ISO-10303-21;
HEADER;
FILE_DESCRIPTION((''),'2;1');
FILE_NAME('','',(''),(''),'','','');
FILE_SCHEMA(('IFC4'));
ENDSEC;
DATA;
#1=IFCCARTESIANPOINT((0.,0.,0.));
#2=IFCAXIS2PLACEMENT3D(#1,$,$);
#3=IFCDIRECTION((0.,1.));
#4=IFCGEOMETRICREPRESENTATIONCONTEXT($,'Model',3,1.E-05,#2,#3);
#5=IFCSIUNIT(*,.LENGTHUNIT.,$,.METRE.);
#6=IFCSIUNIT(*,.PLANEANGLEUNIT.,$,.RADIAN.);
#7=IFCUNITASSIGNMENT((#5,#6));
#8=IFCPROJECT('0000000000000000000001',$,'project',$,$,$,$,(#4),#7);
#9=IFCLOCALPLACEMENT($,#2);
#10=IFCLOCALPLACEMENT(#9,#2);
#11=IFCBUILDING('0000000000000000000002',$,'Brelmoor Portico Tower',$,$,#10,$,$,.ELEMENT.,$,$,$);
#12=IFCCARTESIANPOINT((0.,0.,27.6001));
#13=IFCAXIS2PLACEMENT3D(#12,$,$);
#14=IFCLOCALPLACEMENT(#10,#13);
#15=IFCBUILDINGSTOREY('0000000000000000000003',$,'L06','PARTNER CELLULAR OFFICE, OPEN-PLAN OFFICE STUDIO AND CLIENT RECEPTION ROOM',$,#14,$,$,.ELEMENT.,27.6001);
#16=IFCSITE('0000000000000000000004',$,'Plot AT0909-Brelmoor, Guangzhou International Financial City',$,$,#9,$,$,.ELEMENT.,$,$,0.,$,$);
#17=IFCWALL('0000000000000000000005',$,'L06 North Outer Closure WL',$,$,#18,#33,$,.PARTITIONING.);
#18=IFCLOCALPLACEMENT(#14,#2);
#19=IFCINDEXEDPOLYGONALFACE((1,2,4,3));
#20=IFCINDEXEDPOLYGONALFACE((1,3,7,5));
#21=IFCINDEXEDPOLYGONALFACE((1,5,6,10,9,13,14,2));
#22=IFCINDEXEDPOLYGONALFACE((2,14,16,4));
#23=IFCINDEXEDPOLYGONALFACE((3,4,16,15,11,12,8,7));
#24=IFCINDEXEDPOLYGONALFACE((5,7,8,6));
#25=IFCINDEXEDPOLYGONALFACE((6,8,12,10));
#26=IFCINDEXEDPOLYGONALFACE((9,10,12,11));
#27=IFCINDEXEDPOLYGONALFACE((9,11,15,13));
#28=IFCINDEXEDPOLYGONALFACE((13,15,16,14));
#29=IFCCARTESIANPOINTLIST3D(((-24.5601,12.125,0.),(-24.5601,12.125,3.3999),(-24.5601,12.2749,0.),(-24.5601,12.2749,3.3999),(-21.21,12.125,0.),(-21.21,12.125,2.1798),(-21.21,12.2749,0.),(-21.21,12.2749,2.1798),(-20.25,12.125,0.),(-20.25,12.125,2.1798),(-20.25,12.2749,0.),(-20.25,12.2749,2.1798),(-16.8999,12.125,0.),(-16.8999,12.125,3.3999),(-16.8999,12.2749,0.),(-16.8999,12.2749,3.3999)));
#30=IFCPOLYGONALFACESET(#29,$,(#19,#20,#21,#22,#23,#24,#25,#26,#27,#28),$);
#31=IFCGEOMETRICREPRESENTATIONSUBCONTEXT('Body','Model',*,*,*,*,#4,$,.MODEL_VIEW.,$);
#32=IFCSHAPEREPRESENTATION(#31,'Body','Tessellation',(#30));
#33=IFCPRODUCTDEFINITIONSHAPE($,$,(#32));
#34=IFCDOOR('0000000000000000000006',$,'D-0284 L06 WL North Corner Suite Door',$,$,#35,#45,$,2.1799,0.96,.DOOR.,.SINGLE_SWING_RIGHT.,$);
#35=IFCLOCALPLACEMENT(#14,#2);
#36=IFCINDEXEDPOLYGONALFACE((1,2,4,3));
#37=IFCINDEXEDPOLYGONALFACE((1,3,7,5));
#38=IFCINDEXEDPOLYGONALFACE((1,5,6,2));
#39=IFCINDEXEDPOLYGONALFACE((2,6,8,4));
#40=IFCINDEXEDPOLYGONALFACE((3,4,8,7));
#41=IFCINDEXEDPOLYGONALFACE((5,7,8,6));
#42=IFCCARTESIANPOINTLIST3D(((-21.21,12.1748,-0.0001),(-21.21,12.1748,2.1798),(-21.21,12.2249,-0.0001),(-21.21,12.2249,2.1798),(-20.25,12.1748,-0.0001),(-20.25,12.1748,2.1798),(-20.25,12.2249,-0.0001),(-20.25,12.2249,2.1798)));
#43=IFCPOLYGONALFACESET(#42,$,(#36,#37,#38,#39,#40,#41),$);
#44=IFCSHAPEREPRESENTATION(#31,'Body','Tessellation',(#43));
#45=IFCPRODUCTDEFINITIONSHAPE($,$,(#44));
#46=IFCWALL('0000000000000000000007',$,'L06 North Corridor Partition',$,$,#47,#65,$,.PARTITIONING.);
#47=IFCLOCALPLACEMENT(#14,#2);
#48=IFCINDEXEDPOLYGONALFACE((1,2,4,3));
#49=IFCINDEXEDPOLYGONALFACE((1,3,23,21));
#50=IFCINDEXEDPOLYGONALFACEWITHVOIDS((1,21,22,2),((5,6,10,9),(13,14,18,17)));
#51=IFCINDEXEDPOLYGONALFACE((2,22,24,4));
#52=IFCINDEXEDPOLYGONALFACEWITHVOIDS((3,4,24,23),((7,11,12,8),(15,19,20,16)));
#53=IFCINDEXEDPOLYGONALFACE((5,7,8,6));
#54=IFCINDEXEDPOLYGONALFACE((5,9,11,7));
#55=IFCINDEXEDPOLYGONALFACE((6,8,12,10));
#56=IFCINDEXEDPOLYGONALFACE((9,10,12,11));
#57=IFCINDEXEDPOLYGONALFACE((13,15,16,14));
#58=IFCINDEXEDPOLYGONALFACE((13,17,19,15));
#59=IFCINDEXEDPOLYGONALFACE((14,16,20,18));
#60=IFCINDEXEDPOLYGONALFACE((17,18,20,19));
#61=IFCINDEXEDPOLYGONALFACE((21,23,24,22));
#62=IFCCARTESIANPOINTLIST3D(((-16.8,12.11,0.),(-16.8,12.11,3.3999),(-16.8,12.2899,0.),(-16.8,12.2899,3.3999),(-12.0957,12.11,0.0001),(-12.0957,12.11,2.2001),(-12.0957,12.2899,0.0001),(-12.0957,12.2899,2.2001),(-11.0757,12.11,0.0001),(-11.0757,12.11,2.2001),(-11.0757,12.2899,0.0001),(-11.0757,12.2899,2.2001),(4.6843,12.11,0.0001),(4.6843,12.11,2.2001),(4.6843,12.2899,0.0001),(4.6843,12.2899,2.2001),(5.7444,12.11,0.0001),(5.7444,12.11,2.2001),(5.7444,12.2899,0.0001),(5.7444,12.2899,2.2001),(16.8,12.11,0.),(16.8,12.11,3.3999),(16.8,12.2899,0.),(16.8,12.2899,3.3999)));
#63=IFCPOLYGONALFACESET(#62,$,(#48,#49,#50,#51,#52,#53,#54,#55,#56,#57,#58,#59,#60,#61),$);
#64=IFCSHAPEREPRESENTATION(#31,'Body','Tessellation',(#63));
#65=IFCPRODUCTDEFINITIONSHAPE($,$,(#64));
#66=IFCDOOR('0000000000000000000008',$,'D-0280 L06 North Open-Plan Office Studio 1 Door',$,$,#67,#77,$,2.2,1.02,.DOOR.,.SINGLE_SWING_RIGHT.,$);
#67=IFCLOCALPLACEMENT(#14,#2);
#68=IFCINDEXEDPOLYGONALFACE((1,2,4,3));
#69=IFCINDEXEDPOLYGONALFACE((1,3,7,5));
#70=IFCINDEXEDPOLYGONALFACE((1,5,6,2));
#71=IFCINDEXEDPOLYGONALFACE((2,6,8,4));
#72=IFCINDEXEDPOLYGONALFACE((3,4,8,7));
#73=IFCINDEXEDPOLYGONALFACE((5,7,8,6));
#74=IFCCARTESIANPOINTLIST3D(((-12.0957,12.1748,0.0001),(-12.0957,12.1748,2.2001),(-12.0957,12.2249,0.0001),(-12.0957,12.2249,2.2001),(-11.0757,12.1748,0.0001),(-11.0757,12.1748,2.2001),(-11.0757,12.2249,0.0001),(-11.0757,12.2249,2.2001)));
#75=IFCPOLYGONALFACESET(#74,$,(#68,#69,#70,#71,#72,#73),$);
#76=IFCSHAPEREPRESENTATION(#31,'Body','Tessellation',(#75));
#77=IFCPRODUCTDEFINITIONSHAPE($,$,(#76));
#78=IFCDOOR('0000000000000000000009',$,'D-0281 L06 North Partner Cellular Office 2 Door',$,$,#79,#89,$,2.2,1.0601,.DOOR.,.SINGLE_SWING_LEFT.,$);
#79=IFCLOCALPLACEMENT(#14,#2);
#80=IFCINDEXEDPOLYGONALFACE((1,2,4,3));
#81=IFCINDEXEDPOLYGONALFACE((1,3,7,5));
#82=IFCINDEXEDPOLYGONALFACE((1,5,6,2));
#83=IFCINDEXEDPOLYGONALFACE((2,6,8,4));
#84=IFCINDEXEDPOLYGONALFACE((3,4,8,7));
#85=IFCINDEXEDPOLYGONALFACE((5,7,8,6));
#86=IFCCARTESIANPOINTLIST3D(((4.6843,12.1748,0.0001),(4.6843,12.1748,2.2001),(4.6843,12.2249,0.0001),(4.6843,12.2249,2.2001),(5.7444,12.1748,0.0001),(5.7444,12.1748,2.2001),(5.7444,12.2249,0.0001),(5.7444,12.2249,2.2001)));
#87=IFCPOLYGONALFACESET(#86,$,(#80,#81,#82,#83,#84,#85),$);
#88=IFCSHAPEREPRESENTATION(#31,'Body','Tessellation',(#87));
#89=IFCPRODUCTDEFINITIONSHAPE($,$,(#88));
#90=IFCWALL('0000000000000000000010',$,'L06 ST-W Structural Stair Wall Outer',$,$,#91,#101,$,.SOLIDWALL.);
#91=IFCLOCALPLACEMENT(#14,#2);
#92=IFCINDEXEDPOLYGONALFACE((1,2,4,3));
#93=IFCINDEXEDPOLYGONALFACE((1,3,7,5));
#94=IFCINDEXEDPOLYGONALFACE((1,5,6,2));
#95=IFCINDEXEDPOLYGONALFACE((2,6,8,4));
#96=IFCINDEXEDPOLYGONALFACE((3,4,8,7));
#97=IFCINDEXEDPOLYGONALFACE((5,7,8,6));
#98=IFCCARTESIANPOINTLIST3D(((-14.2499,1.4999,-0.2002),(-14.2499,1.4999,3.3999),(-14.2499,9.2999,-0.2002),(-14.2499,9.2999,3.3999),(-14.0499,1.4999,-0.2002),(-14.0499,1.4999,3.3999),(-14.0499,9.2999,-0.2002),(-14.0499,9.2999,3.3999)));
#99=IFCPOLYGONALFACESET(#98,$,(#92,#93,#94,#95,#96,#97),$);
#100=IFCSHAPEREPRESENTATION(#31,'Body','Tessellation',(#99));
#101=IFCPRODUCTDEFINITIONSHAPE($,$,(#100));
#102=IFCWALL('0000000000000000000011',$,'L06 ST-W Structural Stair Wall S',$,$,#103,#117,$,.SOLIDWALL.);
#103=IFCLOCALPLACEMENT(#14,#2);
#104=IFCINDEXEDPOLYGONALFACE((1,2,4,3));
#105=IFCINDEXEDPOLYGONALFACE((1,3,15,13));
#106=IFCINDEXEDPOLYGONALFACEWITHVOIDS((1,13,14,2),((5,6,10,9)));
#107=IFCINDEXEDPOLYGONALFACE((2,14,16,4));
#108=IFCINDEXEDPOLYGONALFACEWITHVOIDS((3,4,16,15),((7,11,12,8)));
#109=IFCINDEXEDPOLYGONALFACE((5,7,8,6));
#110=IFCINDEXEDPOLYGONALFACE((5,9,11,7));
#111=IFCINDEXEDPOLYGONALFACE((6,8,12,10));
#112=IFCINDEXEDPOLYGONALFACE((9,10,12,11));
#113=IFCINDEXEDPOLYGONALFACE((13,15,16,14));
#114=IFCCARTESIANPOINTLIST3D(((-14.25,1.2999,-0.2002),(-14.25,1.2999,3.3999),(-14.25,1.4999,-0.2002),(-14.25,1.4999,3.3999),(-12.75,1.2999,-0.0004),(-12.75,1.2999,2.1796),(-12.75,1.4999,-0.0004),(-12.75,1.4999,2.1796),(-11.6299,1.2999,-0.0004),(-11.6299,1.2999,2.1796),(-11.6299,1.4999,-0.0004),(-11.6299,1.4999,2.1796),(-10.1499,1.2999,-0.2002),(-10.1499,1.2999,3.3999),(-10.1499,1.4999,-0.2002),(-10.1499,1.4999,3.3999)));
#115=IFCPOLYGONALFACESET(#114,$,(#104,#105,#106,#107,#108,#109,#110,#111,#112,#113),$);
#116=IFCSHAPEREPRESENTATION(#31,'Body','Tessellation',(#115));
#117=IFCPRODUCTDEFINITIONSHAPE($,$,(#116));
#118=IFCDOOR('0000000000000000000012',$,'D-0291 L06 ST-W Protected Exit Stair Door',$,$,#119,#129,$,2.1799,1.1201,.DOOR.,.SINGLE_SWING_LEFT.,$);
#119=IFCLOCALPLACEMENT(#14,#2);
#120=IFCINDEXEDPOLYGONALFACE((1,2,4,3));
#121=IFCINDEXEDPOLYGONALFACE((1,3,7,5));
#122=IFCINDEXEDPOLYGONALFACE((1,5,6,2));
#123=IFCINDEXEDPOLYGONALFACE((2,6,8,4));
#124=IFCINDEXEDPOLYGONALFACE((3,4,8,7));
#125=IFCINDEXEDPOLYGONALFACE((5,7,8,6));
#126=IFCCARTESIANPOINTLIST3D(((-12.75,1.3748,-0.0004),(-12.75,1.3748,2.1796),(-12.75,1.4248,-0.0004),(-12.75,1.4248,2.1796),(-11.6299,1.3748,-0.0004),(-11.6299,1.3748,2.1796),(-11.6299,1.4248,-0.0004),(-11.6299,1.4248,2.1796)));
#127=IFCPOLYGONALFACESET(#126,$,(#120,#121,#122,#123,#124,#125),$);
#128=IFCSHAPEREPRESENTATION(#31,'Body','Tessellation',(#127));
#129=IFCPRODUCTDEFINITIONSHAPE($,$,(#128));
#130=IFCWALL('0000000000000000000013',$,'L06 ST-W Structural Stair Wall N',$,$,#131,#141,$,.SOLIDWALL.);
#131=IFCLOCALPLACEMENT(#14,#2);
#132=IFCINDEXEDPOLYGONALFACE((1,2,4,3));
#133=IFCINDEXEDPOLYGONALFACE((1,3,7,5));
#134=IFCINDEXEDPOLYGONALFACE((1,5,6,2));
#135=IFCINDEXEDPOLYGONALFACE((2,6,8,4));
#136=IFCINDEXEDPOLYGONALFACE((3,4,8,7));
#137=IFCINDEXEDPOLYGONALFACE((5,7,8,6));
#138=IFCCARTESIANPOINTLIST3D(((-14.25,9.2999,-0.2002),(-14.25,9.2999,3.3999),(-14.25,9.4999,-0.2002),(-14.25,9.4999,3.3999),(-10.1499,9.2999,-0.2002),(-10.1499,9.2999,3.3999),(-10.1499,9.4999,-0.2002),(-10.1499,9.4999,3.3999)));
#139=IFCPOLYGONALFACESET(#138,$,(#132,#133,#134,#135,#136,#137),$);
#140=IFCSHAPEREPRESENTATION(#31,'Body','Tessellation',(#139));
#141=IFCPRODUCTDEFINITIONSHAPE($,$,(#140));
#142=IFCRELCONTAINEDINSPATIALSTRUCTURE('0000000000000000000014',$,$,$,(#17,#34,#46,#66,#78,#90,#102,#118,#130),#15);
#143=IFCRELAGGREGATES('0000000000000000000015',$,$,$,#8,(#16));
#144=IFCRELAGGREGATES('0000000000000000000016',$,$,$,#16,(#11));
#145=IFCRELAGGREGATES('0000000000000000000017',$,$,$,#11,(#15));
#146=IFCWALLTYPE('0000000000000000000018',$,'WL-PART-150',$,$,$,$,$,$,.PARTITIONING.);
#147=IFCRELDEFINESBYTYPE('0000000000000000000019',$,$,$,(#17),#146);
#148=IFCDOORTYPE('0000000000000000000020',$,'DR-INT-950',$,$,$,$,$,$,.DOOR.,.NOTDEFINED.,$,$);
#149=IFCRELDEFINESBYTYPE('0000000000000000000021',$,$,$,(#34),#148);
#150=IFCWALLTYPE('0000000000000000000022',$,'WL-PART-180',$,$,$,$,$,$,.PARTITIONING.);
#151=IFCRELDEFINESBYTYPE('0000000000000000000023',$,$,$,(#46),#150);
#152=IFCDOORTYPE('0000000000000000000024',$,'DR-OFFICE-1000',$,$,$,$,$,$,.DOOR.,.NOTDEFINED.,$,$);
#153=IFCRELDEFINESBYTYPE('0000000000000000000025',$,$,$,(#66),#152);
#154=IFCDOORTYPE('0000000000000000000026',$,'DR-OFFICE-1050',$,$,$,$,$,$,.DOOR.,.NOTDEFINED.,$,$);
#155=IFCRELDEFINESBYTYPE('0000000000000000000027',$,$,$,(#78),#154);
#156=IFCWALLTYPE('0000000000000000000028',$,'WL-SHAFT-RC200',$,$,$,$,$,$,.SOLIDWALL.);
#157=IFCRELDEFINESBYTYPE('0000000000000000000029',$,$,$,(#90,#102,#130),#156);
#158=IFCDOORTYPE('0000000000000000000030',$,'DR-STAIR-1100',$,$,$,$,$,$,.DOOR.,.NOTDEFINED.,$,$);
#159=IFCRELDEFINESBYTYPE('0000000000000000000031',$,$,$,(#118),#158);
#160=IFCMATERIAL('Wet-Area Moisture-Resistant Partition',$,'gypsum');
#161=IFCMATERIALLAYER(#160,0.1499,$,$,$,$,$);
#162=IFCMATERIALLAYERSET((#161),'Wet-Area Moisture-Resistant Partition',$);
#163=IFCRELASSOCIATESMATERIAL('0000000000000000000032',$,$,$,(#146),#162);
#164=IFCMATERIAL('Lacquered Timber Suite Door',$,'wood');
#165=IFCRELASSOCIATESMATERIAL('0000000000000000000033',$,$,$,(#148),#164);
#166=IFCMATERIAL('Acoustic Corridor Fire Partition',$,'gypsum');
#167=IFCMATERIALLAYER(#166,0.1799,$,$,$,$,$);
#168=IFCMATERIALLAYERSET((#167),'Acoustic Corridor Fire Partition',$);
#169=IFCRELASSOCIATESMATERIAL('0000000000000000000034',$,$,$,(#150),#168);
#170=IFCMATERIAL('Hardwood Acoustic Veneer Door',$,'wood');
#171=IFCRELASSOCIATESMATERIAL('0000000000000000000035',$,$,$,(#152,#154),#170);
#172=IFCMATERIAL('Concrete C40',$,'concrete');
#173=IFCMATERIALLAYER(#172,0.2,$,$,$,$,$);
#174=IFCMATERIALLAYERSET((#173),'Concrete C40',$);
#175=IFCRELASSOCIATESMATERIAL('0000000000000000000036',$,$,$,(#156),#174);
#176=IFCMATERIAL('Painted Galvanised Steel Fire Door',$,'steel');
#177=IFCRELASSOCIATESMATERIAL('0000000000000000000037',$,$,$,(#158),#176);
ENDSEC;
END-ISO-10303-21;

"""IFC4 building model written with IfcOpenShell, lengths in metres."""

from ifc_helpers import new_model, si_unit, direction, frame, frame_2d, origin, place, context, subcontext, project, spatial, rectangle, extrude, material, layer, layer_set, type_object, element, fill, save


model = new_model("IFC4")

# Units and contexts
model_context = context("Model", 3, precision=1e-05, world=origin(), true_north=direction((0.0, 1.0)))
body_context = subcontext(model_context, "Body", "Model", "MODEL_VIEW")
ifc_project = project(units=[si_unit("LENGTHUNIT", "METRE"), si_unit("PLANEANGLEUNIT", "RADIAN")], contexts=[model_context])

# Site, building, storey
site_placement = place(None, origin())
site = spatial("IfcSite", under=ifc_project, at=site_placement, Name="Plot AT0909-Brelmoor, Guangzhou International Financial City", CompositionType="ELEMENT", RefElevation=0.0)
building_placement = place(site_placement, origin())
building = spatial("IfcBuilding", under=site, at=building_placement, Name="Brelmoor Portico Tower", CompositionType="ELEMENT")
storey_placement = place(building_placement, frame((0.0, 0.0, 27.6001)))
storey = spatial("IfcBuildingStorey", under=building, at=storey_placement, Name="L06", Description="PARTNER CELLULAR OFFICE, OPEN-PLAN OFFICE STUDIO AND CLIENT RECEPTION ROOM", CompositionType="ELEMENT", Elevation=27.6001)

# Wall, opening, door
ifc_material_1 = material(Name="Wet-Area Moisture-Resistant Partition", Category="gypsum")
ifc_layer_1 = layer(ifc_material_1, 0.1499)
ifc_layer_set_1 = layer_set([ifc_layer_1], Name="Wet-Area Moisture-Resistant Partition")
wall_type_1 = type_object("IfcWallType", Name="WL-PART-150", PredefinedType="PARTITIONING", material=ifc_layer_set_1)
wall_1_placement = place(storey_placement, frame((-24.5601, 12.2, 0.0), z_axis=(0.0, 0.0, 1.0), x_axis=(1.0, 0.0, 0.0)))
wall_1 = element("IfcWall", 1, at=wall_1_placement, inside=storey, type_object=wall_type_1, Name="L06 North Outer Closure WL", PredefinedType="PARTITIONING", context=body_context, shape_type="SweptSolid", body=[
    extrude(rectangle(XDim=7.6602, YDim=0.1499, at=frame_2d((3.8301, 0.0))), origin(), (0.0, 0.0, 1.0), 3.3999),
])
opening_1_placement = place(wall_1_placement, frame((3.3501, 0.0, 0.0)))
opening_1 = element("IfcOpeningElement", 2, at=opening_1_placement, cuts=wall_1, PredefinedType="OPENING", context=body_context, shape_type="SweptSolid", body=[
    extrude(rectangle(XDim=0.96, YDim=2.1799, at=frame_2d((0.48, 1.0898))), frame((0.0, 0.085, 0.0), z_axis=(0.0, -1.0, 0.0), x_axis=(1.0, 0.0, 0.0)), (0.0, 0.0, 1.0), 0.1699),
])
ifc_material_2 = material(Name="Lacquered Timber Suite Door", Category="wood")
door_type_1 = type_object("IfcDoorType", Name="DR-INT-950", OperationType="NOTDEFINED", PredefinedType="DOOR", material=ifc_material_2)
door_1_placement = place(opening_1_placement, origin())
door_1 = element("IfcDoor", 3, at=door_1_placement, inside=storey, type_object=door_type_1, Name="D-0284 L06 WL North Corner Suite Door", OperationType="SINGLE_SWING_RIGHT", OverallHeight=2.1799, OverallWidth=0.96, PredefinedType="DOOR", context=body_context, shape_type="SweptSolid", body=[
    extrude(rectangle(XDim=0.96, YDim=2.1799, at=frame_2d((0.48, 1.0898))), frame((0.0, 0.0249, 0.0), z_axis=(0.0, -1.0, 0.0), x_axis=(1.0, 0.0, 0.0)), (0.0, 0.0, 1.0), 0.05),
])
fill(opening_1, door_1)

# Wall, openings, doors
ifc_material_3 = material(Name="Acoustic Corridor Fire Partition", Category="gypsum")
ifc_layer_2 = layer(ifc_material_3, 0.1799)
ifc_layer_set_2 = layer_set([ifc_layer_2], Name="Acoustic Corridor Fire Partition")
wall_type_2 = type_object("IfcWallType", Name="WL-PART-180", PredefinedType="PARTITIONING", material=ifc_layer_set_2)
wall_2_placement = place(storey_placement, frame((-16.8, 12.2, 0.0), z_axis=(0.0, 0.0, 1.0), x_axis=(1.0, 0.0, 0.0)))
wall_2 = element("IfcWall", 4, at=wall_2_placement, inside=storey, type_object=wall_type_2, Name="L06 North Corridor Partition", PredefinedType="PARTITIONING", context=body_context, shape_type="SweptSolid", body=[
    extrude(rectangle(XDim=33.6001, YDim=0.1799, at=frame_2d((16.8, 0.0))), origin(), (0.0, 0.0, 1.0), 3.3999),
])
opening_2_placement = place(wall_2_placement, frame((4.7043, 0.0, 0.0)))
opening_2 = element("IfcOpeningElement", 5, at=opening_2_placement, cuts=wall_2, PredefinedType="OPENING", context=body_context, shape_type="SweptSolid", body=[
    extrude(rectangle(XDim=1.02, YDim=2.2, at=frame_2d((0.51, 1.1001))), frame((0.0, 0.0999, 0.0), z_axis=(0.0, -1.0, 0.0), x_axis=(1.0, 0.0, 0.0)), (0.0, 0.0, 1.0), 0.2),
])
opening_3_placement = place(wall_2_placement, frame((21.4844, 0.0, 0.0)))
opening_3 = element("IfcOpeningElement", 6, at=opening_3_placement, cuts=wall_2, PredefinedType="OPENING", context=body_context, shape_type="SweptSolid", body=[
    extrude(rectangle(XDim=1.0601, YDim=2.2, at=frame_2d((0.53, 1.1001))), frame((0.0, 0.0999, 0.0), z_axis=(0.0, -1.0, 0.0), x_axis=(1.0, 0.0, 0.0)), (0.0, 0.0, 1.0), 0.2),
])
ifc_material_4 = material(Name="Hardwood Acoustic Veneer Door", Category="wood")
door_type_2 = type_object("IfcDoorType", Name="DR-OFFICE-1000", OperationType="NOTDEFINED", PredefinedType="DOOR", material=ifc_material_4)
door_2_placement = place(opening_2_placement, origin())
door_2 = element("IfcDoor", 7, at=door_2_placement, inside=storey, type_object=door_type_2, Name="D-0280 L06 North Open-Plan Office Studio 1 Door", OperationType="SINGLE_SWING_RIGHT", OverallHeight=2.2, OverallWidth=1.02, PredefinedType="DOOR", context=body_context, shape_type="SweptSolid", body=[
    extrude(rectangle(XDim=1.02, YDim=2.2, at=frame_2d((0.51, 1.1001))), frame((0.0, 0.0249, 0.0), z_axis=(0.0, -1.0, 0.0), x_axis=(1.0, 0.0, 0.0)), (0.0, 0.0, 1.0), 0.05),
])
fill(opening_2, door_2)
door_type_3 = type_object("IfcDoorType", Name="DR-OFFICE-1050", OperationType="NOTDEFINED", PredefinedType="DOOR", material=ifc_material_4)
door_3_placement = place(opening_3_placement, origin())
door_3 = element("IfcDoor", 8, at=door_3_placement, inside=storey, type_object=door_type_3, Name="D-0281 L06 North Partner Cellular Office 2 Door", OperationType="SINGLE_SWING_LEFT", OverallHeight=2.2, OverallWidth=1.0601, PredefinedType="DOOR", context=body_context, shape_type="SweptSolid", body=[
    extrude(rectangle(XDim=1.0601, YDim=2.2, at=frame_2d((0.53, 1.1001))), frame((0.0, 0.0249, 0.0), z_axis=(0.0, -1.0, 0.0), x_axis=(1.0, 0.0, 0.0)), (0.0, 0.0, 1.0), 0.05),
])
fill(opening_3, door_3)

# Wall
ifc_material_5 = material(Name="Concrete C40", Category="concrete")
ifc_layer_3 = layer(ifc_material_5, 0.2)
ifc_layer_set_3 = layer_set([ifc_layer_3], Name="Concrete C40")
wall_type_3 = type_object("IfcWallType", Name="WL-SHAFT-RC200", PredefinedType="SOLIDWALL", material=ifc_layer_set_3)
wall_3_placement = place(storey_placement, frame((-14.1499, 1.5, -0.2002), z_axis=(0.0, 0.0, 1.0), x_axis=(0.0, 1.0, 0.0)))
element("IfcWall", 9, at=wall_3_placement, inside=storey, type_object=wall_type_3, Name="L06 ST-W Structural Stair Wall Outer", PredefinedType="SOLIDWALL", context=body_context, shape_type="SweptSolid", body=[
    extrude(rectangle(XDim=7.8, YDim=0.2, at=frame_2d((3.8999, 0.0))), origin(), (0.0, 0.0, 1.0), 3.6001),
])

# Wall, opening, door
wall_4_placement = place(storey_placement, frame((-14.25, 1.3999, -0.2002), z_axis=(0.0, 0.0, 1.0), x_axis=(1.0, 0.0, 0.0)))
wall_4 = element("IfcWall", 10, at=wall_4_placement, inside=storey, type_object=wall_type_3, Name="L06 ST-W Structural Stair Wall S", PredefinedType="SOLIDWALL", context=body_context, shape_type="SweptSolid", body=[
    extrude(rectangle(XDim=4.1001, YDim=0.2, at=frame_2d((2.05, 0.0))), origin(), (0.0, 0.0, 1.0), 3.6001),
])
opening_4_placement = place(wall_4_placement, frame((1.5, 0.0, 0.2)))
opening_4 = element("IfcOpeningElement", 11, at=opening_4_placement, cuts=wall_4, PredefinedType="OPENING", context=body_context, shape_type="SweptSolid", body=[
    extrude(rectangle(XDim=1.1201, YDim=2.1799, at=frame_2d((0.5601, 1.0898))), frame((0.0, 0.1099, 0.0), z_axis=(0.0, -1.0, 0.0), x_axis=(1.0, 0.0, 0.0)), (0.0, 0.0, 1.0), 0.22),
])
ifc_material_6 = material(Name="Painted Galvanised Steel Fire Door", Category="steel")
door_type_4 = type_object("IfcDoorType", Name="DR-STAIR-1100", OperationType="NOTDEFINED", PredefinedType="DOOR", material=ifc_material_6)
door_4_placement = place(opening_4_placement, origin())
door_4 = element("IfcDoor", 12, at=door_4_placement, inside=storey, type_object=door_type_4, Name="D-0291 L06 ST-W Protected Exit Stair Door", OperationType="SINGLE_SWING_LEFT", OverallHeight=2.1799, OverallWidth=1.1201, PredefinedType="DOOR", context=body_context, shape_type="SweptSolid", body=[
    extrude(rectangle(XDim=1.1201, YDim=2.1799, at=frame_2d((0.5601, 1.0898))), frame((0.0, 0.0249, 0.0), z_axis=(0.0, -1.0, 0.0), x_axis=(1.0, 0.0, 0.0)), (0.0, 0.0, 1.0), 0.05),
])
fill(opening_4, door_4)

# Wall
wall_5_placement = place(storey_placement, frame((-14.25, 9.3999, -0.2002), z_axis=(0.0, 0.0, 1.0), x_axis=(1.0, 0.0, 0.0)))
element("IfcWall", 13, at=wall_5_placement, inside=storey, type_object=wall_type_3, Name="L06 ST-W Structural Stair Wall N", PredefinedType="SOLIDWALL", context=body_context, shape_type="SweptSolid", body=[
    extrude(rectangle(XDim=4.1001, YDim=0.2, at=frame_2d((2.05, 0.0))), origin(), (0.0, 0.0, 1.0), 3.6001),
])

save(model, "model.ifc")
